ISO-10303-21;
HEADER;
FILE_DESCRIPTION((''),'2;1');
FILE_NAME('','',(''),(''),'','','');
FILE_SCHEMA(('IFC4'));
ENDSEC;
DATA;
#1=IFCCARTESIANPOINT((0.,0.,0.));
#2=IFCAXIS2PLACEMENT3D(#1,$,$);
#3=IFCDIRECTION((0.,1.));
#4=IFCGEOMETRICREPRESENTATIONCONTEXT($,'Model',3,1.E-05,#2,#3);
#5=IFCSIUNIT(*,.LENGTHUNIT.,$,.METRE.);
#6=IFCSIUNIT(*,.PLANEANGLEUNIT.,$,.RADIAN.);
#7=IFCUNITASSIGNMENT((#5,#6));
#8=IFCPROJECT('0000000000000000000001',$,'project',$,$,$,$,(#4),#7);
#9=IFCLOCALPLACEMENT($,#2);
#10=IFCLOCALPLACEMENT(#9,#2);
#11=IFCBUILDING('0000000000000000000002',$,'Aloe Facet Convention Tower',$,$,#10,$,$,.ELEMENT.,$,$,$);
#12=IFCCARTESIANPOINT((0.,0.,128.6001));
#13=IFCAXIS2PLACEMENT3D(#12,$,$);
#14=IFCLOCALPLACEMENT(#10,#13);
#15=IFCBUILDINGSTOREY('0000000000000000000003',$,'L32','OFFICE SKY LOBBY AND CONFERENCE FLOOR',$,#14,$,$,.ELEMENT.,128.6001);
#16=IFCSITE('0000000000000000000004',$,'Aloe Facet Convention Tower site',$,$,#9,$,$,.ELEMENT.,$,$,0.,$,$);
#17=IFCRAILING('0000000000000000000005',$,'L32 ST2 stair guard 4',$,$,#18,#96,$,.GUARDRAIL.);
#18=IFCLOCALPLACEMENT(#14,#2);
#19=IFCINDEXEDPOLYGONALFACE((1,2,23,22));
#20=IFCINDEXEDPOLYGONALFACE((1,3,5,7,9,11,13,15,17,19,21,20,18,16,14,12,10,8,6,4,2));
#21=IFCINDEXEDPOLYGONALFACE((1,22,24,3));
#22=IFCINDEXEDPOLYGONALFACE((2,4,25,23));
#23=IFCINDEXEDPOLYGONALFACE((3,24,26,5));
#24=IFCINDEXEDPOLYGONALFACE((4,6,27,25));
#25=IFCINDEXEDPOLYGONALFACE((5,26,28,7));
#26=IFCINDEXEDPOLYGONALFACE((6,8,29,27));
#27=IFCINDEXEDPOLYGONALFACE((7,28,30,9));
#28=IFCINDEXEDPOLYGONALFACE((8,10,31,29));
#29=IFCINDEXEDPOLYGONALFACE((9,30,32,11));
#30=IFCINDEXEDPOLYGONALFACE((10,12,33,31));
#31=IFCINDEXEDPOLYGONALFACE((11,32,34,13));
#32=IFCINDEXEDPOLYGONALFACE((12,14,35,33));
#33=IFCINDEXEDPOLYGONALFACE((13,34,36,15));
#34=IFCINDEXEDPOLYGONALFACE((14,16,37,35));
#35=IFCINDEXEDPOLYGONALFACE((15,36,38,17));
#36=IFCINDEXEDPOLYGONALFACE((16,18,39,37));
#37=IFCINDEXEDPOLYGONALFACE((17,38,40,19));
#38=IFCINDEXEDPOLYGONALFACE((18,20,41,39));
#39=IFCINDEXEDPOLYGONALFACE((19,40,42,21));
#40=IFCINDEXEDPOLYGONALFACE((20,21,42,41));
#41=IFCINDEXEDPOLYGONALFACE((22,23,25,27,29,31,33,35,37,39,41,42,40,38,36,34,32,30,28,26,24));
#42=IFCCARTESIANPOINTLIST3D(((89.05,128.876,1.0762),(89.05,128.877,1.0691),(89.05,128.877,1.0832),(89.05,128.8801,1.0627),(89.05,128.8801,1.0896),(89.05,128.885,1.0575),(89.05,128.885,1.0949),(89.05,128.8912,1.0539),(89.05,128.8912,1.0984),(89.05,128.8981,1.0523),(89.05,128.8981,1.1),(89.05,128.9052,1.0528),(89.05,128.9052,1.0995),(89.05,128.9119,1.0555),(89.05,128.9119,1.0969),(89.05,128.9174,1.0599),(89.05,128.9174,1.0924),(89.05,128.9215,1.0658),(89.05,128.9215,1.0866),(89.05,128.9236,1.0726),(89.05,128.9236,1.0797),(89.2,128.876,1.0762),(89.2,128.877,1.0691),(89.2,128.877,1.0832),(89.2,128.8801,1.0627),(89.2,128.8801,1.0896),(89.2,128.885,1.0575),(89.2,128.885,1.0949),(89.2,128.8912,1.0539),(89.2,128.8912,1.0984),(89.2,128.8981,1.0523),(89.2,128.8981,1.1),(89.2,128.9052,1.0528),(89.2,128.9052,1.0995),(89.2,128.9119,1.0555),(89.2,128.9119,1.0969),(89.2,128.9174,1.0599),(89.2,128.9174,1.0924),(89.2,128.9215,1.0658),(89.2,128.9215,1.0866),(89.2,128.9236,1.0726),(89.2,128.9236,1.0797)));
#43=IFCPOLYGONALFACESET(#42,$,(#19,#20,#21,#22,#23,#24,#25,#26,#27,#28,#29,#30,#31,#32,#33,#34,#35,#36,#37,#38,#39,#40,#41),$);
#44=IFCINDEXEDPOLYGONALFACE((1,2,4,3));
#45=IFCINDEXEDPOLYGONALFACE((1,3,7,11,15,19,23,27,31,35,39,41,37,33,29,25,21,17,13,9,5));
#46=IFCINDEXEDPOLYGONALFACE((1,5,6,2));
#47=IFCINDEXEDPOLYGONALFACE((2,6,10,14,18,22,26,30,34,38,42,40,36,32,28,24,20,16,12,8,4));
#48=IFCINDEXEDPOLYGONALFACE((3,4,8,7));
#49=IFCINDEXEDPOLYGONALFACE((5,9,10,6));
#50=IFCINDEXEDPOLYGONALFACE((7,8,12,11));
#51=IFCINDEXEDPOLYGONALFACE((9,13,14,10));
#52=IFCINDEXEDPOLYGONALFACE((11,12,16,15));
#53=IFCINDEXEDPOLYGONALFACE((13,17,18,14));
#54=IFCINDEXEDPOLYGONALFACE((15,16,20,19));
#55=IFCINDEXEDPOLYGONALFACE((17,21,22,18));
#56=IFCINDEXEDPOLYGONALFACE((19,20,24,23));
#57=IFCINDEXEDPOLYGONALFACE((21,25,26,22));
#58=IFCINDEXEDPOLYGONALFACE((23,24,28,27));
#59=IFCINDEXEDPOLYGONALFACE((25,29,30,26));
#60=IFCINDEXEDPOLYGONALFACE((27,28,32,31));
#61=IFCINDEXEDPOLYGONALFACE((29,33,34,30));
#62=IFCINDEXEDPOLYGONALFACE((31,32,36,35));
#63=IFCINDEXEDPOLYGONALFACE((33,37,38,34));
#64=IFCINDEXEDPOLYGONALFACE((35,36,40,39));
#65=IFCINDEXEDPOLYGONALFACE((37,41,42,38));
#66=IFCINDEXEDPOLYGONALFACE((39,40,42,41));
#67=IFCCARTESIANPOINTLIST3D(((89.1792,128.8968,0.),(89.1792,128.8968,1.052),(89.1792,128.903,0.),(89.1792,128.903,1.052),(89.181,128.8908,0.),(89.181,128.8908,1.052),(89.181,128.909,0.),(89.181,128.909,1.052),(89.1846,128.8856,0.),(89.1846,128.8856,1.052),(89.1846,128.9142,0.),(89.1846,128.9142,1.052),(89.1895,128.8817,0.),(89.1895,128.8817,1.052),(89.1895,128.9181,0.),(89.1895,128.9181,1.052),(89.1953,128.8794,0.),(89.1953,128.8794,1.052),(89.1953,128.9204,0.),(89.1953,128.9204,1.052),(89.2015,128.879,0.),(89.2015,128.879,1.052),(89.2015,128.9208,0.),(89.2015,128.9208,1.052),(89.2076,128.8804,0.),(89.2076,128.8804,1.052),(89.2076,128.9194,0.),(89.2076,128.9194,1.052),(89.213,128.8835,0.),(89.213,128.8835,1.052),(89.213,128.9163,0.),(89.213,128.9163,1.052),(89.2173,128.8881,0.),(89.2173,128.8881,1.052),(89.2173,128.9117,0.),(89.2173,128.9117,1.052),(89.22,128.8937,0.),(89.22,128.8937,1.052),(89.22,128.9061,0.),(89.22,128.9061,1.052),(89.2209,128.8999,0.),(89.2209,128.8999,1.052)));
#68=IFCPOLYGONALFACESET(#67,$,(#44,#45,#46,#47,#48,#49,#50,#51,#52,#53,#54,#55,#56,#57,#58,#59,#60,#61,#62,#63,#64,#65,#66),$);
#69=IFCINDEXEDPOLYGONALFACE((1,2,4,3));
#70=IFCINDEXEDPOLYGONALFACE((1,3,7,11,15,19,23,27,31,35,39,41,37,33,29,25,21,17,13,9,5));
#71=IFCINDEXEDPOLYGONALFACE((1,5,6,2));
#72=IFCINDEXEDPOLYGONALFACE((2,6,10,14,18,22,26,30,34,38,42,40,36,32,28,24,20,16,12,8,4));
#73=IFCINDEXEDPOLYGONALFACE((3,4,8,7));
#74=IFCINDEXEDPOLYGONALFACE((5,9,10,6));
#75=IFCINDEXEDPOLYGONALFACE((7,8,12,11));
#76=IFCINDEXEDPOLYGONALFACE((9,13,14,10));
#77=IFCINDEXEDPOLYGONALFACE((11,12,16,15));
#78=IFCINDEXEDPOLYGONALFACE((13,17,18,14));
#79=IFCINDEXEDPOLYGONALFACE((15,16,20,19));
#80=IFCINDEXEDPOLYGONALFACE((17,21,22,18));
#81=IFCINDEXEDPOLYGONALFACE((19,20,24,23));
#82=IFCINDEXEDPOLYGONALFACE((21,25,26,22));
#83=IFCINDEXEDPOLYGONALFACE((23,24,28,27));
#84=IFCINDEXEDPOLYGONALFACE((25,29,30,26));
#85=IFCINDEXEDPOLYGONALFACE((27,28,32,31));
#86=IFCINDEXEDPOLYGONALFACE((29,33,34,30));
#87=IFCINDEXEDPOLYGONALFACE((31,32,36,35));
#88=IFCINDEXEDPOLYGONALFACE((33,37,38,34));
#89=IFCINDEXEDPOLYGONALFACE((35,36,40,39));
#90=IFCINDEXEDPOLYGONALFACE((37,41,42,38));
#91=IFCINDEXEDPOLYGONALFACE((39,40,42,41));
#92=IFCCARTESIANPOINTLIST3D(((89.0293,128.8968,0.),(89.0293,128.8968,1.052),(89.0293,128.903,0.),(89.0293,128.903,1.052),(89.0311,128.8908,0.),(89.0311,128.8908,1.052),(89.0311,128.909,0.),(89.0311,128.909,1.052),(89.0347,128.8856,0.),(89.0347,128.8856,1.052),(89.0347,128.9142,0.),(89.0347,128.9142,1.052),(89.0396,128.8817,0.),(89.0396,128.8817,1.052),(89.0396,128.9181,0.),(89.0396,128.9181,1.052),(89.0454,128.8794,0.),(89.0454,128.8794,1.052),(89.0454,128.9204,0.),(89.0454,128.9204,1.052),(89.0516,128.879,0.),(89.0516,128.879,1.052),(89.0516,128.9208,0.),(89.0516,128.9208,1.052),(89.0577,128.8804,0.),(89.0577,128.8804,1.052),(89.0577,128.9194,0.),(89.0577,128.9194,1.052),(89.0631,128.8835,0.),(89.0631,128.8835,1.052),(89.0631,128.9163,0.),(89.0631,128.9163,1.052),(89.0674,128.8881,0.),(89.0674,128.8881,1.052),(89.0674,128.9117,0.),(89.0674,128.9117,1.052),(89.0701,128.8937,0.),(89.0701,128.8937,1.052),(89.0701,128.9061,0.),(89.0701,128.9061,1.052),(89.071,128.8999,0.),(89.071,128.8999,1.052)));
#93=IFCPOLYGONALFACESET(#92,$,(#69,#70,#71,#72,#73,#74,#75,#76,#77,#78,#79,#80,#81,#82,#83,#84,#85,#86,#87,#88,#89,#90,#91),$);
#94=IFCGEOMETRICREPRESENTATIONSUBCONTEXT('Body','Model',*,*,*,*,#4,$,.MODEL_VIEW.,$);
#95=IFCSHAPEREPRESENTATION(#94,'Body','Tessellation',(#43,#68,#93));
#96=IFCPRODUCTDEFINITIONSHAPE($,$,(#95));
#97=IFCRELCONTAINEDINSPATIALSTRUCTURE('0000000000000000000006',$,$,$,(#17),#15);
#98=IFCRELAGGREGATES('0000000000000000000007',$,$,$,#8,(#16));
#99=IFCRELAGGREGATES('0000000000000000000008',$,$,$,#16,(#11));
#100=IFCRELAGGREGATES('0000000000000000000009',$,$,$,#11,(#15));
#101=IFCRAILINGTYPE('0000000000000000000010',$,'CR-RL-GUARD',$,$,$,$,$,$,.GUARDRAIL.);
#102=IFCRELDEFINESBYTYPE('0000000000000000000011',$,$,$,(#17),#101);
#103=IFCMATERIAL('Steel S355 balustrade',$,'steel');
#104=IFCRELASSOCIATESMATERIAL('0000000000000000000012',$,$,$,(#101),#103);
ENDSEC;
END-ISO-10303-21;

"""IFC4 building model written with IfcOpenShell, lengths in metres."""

from ifc_helpers import new_model, si_unit, direction, frame, origin, origin_2d, place, context, subcontext, project, spatial, circle, extrude, material, type_object, element, save


model = new_model("IFC4")

# Units and contexts
model_context = context("Model", 3, precision=1e-05, world=origin(), true_north=direction((0.0, 1.0)))
body_context = subcontext(model_context, "Body", "Model", "MODEL_VIEW")
ifc_project = project(units=[si_unit("LENGTHUNIT", "METRE"), si_unit("PLANEANGLEUNIT", "RADIAN")], contexts=[model_context])

# Site, building, storey
site_placement = place(None, origin())
site = spatial("IfcSite", under=ifc_project, at=site_placement, Name="Aloe Facet Convention Tower site", CompositionType="ELEMENT", RefElevation=0.0)
building_placement = place(site_placement, origin())
building = spatial("IfcBuilding", under=site, at=building_placement, Name="Aloe Facet Convention Tower", CompositionType="ELEMENT")
storey_placement = place(building_placement, frame((0.0, 0.0, 128.6001)))
storey = spatial("IfcBuildingStorey", under=building, at=storey_placement, Name="L32", Description="OFFICE SKY LOBBY AND CONFERENCE FLOOR", CompositionType="ELEMENT", Elevation=128.6001)

# Railing
ifc_material_1 = material(Name="Steel S355 balustrade", Category="steel")
railing_type_1 = type_object("IfcRailingType", Name="CR-RL-GUARD", PredefinedType="GUARDRAIL", material=ifc_material_1)
railing_1_placement = place(storey_placement, frame((89.2, 128.8999, 0.0)))
element("IfcRailing", 1, at=railing_1_placement, inside=storey, type_object=railing_type_1, Name="L32 ST2 stair guard 4", PredefinedType="GUARDRAIL", context=body_context, shape_type="SweptSolid", body=[
    extrude(circle(Radius=0.0239, at=origin_2d()), frame((0.0, 0.0, 1.0762), z_axis=(-1.0, 0.0, 0.0), x_axis=(0.0, -1.0, 0.0)), (0.0, 0.0, 1.0), 0.1499),
    extrude(circle(Radius=0.021, at=origin_2d()), origin(), (0.0, 0.0, 1.0), 1.052),
    extrude(circle(Radius=0.021, at=origin_2d()), frame((-0.1499, 0.0, 0.0)), (0.0, 0.0, 1.0), 1.052),
])

save(model, "model.ifc")
